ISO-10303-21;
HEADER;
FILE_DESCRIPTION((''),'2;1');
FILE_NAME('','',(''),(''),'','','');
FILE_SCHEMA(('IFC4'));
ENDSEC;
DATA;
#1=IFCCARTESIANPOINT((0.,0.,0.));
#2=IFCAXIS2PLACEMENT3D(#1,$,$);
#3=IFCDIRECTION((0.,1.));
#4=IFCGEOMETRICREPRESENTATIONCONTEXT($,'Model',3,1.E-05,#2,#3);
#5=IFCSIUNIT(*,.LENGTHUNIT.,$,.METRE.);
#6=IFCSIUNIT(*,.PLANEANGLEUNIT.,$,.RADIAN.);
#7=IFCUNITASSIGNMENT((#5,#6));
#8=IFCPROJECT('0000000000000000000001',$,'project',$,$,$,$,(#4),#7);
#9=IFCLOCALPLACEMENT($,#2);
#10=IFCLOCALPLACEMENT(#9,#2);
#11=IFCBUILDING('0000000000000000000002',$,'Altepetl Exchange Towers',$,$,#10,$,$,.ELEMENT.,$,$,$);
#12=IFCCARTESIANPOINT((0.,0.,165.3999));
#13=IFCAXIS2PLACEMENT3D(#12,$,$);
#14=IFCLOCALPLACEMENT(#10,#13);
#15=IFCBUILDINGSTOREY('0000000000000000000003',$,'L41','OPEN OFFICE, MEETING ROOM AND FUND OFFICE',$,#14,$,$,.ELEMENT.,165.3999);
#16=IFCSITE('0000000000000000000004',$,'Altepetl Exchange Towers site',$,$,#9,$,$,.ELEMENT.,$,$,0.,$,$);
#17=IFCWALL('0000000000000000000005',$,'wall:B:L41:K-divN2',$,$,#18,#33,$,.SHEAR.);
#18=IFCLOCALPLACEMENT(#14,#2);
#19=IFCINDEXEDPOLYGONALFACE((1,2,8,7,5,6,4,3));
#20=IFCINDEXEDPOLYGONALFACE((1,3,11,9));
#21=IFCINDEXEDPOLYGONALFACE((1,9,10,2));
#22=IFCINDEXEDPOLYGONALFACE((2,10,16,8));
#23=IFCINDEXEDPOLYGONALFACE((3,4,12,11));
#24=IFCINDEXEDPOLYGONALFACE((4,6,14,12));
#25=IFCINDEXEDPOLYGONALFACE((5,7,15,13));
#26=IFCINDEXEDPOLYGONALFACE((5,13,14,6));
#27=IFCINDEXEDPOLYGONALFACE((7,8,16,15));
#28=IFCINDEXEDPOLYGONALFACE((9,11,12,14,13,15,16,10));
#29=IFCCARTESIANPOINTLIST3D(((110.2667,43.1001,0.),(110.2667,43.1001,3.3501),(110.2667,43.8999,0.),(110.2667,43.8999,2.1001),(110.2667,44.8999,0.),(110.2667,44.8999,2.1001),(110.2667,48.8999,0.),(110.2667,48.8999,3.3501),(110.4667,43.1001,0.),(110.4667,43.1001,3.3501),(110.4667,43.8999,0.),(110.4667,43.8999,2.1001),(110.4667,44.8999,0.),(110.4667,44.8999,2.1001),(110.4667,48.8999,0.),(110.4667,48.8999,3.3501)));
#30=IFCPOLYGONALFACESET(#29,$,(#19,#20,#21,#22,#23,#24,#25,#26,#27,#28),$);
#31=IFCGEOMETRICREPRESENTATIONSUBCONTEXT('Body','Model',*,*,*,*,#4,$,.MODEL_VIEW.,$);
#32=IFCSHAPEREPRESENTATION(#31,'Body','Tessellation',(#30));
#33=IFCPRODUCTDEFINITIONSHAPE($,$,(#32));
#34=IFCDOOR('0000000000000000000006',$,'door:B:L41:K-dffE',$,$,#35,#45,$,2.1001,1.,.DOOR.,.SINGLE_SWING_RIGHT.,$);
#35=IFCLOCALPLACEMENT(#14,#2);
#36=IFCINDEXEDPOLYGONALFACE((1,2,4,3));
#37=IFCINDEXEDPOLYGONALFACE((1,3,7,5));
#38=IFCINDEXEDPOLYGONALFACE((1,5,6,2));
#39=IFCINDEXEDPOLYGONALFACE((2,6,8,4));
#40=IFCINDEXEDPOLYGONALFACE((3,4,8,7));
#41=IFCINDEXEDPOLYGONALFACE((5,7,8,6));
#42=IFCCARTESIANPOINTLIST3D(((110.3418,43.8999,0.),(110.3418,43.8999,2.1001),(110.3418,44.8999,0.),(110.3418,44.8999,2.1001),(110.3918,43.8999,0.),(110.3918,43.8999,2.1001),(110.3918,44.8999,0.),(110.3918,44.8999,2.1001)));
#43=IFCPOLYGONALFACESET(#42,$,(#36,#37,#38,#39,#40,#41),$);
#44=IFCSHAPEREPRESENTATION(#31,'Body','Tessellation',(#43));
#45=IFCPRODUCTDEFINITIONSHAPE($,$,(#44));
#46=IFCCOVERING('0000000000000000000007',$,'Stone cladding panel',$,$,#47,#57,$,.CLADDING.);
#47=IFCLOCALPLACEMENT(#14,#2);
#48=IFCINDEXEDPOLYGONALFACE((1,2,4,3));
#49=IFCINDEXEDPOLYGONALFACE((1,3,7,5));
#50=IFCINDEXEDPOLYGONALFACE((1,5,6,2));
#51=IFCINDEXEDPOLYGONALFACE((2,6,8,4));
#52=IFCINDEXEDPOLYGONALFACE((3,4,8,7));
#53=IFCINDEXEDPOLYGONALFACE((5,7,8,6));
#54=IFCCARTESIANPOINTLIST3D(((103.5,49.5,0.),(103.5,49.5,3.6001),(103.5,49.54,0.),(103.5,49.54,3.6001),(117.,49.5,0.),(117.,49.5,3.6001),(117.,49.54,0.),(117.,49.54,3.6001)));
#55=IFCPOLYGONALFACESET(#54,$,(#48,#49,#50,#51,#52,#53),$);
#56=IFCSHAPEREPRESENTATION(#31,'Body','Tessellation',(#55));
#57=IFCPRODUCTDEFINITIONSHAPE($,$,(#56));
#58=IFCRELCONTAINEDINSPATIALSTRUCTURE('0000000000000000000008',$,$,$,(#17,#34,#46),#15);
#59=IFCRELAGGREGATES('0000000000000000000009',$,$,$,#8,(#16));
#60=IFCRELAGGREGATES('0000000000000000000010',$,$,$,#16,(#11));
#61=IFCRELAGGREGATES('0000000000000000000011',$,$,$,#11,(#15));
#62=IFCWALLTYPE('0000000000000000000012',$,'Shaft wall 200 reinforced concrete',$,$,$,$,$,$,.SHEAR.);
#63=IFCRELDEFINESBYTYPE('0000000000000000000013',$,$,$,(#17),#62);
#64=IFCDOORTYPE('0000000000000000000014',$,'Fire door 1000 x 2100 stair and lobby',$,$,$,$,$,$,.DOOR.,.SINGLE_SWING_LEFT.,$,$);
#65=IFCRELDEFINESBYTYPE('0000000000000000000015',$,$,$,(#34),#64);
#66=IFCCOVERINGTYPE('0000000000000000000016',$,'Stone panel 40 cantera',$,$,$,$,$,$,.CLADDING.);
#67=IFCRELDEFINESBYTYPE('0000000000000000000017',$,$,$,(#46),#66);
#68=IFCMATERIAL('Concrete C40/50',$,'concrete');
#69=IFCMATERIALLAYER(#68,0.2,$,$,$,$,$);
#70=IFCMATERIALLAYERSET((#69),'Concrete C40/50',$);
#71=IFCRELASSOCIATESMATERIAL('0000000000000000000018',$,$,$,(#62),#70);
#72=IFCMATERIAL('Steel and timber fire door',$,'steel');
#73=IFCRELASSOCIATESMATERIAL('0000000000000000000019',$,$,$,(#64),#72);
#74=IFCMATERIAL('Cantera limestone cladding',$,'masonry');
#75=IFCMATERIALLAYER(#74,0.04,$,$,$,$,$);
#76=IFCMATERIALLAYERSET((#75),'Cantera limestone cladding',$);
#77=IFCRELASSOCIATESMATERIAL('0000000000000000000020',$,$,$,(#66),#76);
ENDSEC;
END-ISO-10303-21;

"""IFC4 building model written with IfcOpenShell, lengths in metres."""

from ifc_helpers import new_model, si_unit, direction, frame, frame_2d, origin, origin_2d, place, context, subcontext, project, spatial, rectangle, extrude, material, layer, layer_set, type_object, element, fill, save


model = new_model("IFC4")

# Units and contexts
model_context = context("Model", 3, precision=1e-05, world=origin(), true_north=direction((0.0, 1.0)))
body_context = subcontext(model_context, "Body", "Model", "MODEL_VIEW")
ifc_project = project(units=[si_unit("LENGTHUNIT", "METRE"), si_unit("PLANEANGLEUNIT", "RADIAN")], contexts=[model_context])

# Site, building, storey
site_placement = place(None, origin())
site = spatial("IfcSite", under=ifc_project, at=site_placement, Name="Altepetl Exchange Towers site", CompositionType="ELEMENT", RefElevation=0.0)
building_placement = place(site_placement, origin())
building = spatial("IfcBuilding", under=site, at=building_placement, Name="Altepetl Exchange Towers", CompositionType="ELEMENT")
storey_placement = place(building_placement, frame((0.0, 0.0, 165.3999)))
storey = spatial("IfcBuildingStorey", under=building, at=storey_placement, Name="L41", Description="OPEN OFFICE, MEETING ROOM AND FUND OFFICE", CompositionType="ELEMENT", Elevation=165.3999)

# Shared definitions
ifc_material_1 = material(Name="Concrete C40/50", Category="concrete")
ifc_layer_1 = layer(ifc_material_1, 0.2)
ifc_layer_set_1 = layer_set([ifc_layer_1], Name="Concrete C40/50")
wall_type_1 = type_object("IfcWallType", Name="Shaft wall 200 reinforced concrete", PredefinedType="SHEAR", material=ifc_layer_set_1)

# Wall, opening, door
wall_1_placement = place(storey_placement, frame((110.3667, 48.8999, 0.0), z_axis=(0.0, 0.0, 1.0), x_axis=(0.0, -1.0, 0.0)))
wall_1 = element("IfcWall", 1, at=wall_1_placement, inside=storey, type_object=wall_type_1, Name="wall:B:L41:K-divN2", PredefinedType="SHEAR", context=body_context, shape_type="SweptSolid", body=[
    extrude(rectangle(XDim=5.7998, YDim=0.2, at=frame_2d((2.8999, 0.0))), origin(), (0.0, 0.0, 1.0), 3.3501),
])
opening_placement = place(wall_1_placement, frame((4.0, 0.0, 0.0)))
opening = element("IfcOpeningElement", 2, at=opening_placement, cuts=wall_1, PredefinedType="OPENING", context=body_context, shape_type="SweptSolid", body=[
    extrude(rectangle(XDim=1.0, YDim=2.1001, at=frame_2d((0.5, 1.05))), frame((0.0, 0.1099, 0.0), z_axis=(0.0, -1.0, 0.0), x_axis=(1.0, 0.0, 0.0)), (0.0, 0.0, 1.0), 0.22),
])
ifc_material_2 = material(Name="Steel and timber fire door", Category="steel")
door_type = type_object("IfcDoorType", Name="Fire door 1000 x 2100 stair and lobby", OperationType="SINGLE_SWING_LEFT", PredefinedType="DOOR", material=ifc_material_2)
door_placement = place(opening_placement, frame((1.0, 0.0, 0.0), x_axis=(-1.0, 0.0, 0.0)))
door = element("IfcDoor", 3, at=door_placement, inside=storey, type_object=door_type, Name="door:B:L41:K-dffE", OperationType="SINGLE_SWING_RIGHT", OverallHeight=2.1001, OverallWidth=1.0, PredefinedType="DOOR", context=body_context, shape_type="SweptSolid", body=[
    extrude(rectangle(XDim=1.0, YDim=2.1001, at=frame_2d((0.5, 1.05))), frame((0.0, 0.0249, 0.0), z_axis=(0.0, -1.0, 0.0), x_axis=(1.0, 0.0, 0.0)), (0.0, 0.0, 1.0), 0.05),
])
fill(opening, door)

# Covering
ifc_material_3 = material(Name="Cantera limestone cladding", Category="masonry")
ifc_layer_2 = layer(ifc_material_3, 0.04)
ifc_layer_set_2 = layer_set([ifc_layer_2], Name="Cantera limestone cladding")
covering_type = type_object("IfcCoveringType", Name="Stone panel 40 cantera", PredefinedType="CLADDING", material=ifc_layer_set_2)
covering_placement = place(storey_placement, frame((110.25, 49.52, 0.0), z_axis=(0.0, 0.0, 1.0), x_axis=(-1.0, 0.0, 0.0)))
element("IfcCovering", 4, at=covering_placement, inside=storey, type_object=covering_type, Name="Stone cladding panel", PredefinedType="CLADDING", context=body_context, shape_type="SweptSolid", body=[
    extrude(rectangle(XDim=13.5, YDim=0.04, at=origin_2d()), origin(), (0.0, 0.0, 1.0), 3.6001),
])

save(model, "model.ifc")
